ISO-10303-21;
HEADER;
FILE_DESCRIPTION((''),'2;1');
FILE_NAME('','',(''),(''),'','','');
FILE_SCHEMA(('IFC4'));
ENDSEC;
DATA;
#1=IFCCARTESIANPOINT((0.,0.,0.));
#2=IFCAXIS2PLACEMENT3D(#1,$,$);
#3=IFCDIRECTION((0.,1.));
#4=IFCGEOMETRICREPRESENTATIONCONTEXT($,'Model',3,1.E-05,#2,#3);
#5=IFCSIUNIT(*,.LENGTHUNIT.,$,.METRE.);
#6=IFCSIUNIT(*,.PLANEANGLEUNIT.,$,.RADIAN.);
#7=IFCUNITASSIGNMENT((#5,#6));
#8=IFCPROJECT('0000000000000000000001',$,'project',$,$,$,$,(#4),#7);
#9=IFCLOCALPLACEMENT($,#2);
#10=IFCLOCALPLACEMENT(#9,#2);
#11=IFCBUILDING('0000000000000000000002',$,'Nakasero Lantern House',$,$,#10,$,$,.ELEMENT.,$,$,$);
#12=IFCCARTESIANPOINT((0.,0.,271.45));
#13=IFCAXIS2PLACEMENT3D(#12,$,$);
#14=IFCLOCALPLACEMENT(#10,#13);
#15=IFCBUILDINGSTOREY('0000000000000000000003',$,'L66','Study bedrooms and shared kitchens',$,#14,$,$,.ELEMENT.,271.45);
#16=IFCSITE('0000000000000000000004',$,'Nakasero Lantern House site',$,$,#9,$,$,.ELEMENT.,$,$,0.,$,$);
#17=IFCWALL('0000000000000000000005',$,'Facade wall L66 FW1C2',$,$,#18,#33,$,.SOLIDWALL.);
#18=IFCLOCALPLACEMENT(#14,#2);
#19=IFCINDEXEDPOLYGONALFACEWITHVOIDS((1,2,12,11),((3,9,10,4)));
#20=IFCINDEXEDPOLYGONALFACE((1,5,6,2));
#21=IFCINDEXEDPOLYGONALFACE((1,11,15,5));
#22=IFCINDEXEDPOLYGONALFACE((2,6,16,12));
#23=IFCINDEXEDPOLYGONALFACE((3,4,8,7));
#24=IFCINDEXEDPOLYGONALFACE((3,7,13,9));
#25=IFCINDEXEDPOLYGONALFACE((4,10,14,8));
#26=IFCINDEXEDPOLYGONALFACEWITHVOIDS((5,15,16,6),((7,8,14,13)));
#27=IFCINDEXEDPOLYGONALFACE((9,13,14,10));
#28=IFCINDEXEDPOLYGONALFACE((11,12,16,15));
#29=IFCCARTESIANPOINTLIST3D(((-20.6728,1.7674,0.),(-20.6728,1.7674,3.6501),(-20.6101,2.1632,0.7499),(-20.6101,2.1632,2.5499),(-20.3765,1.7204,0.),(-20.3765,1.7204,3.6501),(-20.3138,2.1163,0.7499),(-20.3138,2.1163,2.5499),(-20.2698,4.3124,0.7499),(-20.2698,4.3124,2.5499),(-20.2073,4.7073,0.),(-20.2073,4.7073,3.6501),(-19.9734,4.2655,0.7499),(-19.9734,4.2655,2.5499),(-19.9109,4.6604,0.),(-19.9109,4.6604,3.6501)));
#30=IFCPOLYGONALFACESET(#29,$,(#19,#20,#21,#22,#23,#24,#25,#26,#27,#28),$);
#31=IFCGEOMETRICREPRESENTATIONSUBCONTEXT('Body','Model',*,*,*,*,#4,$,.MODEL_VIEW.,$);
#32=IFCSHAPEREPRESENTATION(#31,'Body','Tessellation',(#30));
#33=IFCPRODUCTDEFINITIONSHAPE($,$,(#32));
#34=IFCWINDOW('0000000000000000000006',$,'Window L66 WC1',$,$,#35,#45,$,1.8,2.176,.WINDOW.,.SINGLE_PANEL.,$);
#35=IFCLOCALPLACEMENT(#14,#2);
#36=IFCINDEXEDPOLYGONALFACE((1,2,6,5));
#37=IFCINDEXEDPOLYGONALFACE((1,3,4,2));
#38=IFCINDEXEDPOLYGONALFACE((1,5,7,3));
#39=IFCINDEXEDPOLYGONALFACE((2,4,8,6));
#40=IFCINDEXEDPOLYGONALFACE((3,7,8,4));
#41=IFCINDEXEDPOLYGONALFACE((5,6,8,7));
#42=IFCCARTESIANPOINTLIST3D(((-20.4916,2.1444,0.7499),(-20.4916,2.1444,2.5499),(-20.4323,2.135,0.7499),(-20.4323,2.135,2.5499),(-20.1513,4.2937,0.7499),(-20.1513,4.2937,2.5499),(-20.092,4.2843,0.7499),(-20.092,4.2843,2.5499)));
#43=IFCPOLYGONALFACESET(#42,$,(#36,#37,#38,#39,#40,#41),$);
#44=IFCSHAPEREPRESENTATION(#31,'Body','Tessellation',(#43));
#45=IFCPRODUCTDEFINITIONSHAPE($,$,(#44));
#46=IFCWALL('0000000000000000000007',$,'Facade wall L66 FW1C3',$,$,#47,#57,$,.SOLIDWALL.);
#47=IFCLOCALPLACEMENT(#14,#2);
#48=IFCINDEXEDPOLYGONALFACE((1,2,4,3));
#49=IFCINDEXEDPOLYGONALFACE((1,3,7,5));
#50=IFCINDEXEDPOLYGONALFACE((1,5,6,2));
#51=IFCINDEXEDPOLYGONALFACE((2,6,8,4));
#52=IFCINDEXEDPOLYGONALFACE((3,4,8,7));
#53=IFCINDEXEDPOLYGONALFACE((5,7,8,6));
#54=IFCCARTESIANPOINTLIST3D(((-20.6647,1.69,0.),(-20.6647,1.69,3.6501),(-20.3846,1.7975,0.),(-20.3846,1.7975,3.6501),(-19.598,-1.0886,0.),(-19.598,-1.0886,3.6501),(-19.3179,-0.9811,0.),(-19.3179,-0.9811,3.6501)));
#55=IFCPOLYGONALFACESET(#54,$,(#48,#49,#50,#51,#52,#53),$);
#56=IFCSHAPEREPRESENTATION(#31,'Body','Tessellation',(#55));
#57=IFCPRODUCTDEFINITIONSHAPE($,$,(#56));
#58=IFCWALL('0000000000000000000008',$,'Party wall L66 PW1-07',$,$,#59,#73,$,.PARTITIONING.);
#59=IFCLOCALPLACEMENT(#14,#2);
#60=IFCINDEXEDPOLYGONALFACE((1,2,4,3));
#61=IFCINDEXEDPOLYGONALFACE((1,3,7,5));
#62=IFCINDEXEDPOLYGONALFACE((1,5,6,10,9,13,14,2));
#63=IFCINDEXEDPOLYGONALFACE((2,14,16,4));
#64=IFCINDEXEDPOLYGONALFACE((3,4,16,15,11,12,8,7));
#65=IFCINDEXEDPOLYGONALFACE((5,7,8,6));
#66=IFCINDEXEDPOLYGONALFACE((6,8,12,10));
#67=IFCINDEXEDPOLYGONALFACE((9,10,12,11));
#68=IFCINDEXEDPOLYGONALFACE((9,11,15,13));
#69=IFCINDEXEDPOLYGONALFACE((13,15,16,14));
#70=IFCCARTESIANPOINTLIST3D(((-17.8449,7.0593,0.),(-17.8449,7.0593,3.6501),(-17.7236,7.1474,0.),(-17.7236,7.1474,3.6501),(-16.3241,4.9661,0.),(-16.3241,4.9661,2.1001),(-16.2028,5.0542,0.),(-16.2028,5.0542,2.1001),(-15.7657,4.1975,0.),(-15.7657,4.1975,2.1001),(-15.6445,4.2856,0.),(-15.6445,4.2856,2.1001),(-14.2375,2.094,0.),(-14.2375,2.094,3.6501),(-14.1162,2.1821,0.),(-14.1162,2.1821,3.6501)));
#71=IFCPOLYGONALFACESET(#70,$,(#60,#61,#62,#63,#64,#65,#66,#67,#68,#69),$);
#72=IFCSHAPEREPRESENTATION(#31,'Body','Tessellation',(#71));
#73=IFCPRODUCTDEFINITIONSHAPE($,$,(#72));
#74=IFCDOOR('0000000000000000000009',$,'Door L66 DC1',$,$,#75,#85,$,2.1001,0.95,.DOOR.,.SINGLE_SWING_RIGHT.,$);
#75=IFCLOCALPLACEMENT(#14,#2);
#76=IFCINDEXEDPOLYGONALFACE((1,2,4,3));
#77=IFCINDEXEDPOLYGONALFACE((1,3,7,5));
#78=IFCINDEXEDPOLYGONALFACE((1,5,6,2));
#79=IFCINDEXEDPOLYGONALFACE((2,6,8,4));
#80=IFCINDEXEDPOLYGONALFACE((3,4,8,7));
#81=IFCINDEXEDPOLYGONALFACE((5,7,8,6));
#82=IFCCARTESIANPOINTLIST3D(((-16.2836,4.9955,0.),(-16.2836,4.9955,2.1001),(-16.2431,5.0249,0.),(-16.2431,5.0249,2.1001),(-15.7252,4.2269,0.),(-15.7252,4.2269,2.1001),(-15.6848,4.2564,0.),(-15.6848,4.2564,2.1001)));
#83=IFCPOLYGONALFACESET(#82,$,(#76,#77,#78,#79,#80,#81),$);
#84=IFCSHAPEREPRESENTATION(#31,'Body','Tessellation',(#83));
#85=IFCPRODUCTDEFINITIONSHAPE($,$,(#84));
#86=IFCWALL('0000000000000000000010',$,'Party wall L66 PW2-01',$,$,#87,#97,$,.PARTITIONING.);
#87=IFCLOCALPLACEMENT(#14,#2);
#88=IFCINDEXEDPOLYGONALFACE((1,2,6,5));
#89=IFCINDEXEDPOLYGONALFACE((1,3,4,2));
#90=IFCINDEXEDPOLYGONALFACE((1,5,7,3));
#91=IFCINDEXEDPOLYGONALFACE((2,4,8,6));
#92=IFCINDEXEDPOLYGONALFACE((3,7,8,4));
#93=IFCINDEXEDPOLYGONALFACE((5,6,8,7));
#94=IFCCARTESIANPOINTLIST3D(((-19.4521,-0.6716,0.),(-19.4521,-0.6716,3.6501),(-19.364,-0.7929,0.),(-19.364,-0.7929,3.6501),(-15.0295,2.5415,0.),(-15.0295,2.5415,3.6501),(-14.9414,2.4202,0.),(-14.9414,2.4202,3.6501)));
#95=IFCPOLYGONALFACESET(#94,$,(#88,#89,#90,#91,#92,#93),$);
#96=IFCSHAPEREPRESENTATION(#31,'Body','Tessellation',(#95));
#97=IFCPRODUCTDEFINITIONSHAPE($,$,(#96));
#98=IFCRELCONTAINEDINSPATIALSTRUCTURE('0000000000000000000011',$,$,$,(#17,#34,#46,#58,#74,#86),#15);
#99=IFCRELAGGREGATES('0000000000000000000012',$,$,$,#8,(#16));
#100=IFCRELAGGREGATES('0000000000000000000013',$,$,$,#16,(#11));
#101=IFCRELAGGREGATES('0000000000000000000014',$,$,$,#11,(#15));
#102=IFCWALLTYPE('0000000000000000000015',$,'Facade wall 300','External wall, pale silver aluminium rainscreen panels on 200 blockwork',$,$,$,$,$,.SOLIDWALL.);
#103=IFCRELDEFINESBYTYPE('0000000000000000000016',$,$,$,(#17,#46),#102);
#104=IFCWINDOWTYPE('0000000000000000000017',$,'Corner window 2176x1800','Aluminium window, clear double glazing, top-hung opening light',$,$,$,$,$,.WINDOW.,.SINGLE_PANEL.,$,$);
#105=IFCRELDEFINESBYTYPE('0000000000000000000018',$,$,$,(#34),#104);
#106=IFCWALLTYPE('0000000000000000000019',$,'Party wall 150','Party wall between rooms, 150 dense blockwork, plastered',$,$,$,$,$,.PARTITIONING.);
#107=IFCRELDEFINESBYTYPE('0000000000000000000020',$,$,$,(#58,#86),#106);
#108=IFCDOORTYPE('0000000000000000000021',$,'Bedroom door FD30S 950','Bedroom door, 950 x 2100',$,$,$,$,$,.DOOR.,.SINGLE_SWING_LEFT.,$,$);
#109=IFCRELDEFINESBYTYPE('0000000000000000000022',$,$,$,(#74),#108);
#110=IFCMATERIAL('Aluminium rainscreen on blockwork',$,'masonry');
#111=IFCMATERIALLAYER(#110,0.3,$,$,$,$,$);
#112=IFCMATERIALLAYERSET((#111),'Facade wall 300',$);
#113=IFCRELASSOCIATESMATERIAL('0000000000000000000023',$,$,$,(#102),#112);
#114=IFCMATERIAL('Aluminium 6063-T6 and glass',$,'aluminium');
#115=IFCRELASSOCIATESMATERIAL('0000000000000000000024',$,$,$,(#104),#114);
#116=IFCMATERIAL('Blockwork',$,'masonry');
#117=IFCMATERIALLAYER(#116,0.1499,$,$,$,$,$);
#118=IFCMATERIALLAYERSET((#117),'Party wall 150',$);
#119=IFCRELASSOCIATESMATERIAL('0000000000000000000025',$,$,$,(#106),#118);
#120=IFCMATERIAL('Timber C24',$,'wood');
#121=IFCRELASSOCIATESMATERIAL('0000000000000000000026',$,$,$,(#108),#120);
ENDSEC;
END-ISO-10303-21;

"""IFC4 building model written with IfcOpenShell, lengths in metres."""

from ifc_helpers import new_model, si_unit, direction, frame, frame_2d, origin, place, context, subcontext, project, spatial, rectangle, extrude, material, layer, layer_set, type_object, element, fill, save


model = new_model("IFC4")

# Units and contexts
model_context = context("Model", 3, precision=1e-05, world=origin(), true_north=direction((0.0, 1.0)))
body_context = subcontext(model_context, "Body", "Model", "MODEL_VIEW")
ifc_project = project(units=[si_unit("LENGTHUNIT", "METRE"), si_unit("PLANEANGLEUNIT", "RADIAN")], contexts=[model_context])

# Site, building, storey
site_placement = place(None, origin())
site = spatial("IfcSite", under=ifc_project, at=site_placement, Name="Nakasero Lantern House site", CompositionType="ELEMENT", RefElevation=0.0)
building_placement = place(site_placement, origin())
building = spatial("IfcBuilding", under=site, at=building_placement, Name="Nakasero Lantern House", CompositionType="ELEMENT")
storey_placement = place(building_placement, frame((0.0, 0.0, 271.45)))
storey = spatial("IfcBuildingStorey", under=building, at=storey_placement, Name="L66", Description="Study bedrooms and shared kitchens", CompositionType="ELEMENT", Elevation=271.45)

# Shared definitions
ifc_material_1 = material(Name="Aluminium rainscreen on blockwork", Category="masonry")
ifc_layer_1 = layer(ifc_material_1, 0.3)
ifc_layer_set_1 = layer_set([ifc_layer_1], Name="Facade wall 300")
wall_type_1 = type_object("IfcWallType", Name="Facade wall 300", Description="External wall, pale silver aluminium rainscreen panels on 200 blockwork", PredefinedType="SOLIDWALL", material=ifc_layer_set_1)

# Wall, opening, window
wall_1_placement = place(storey_placement, frame((-20.0591, 4.6838, 0.0), z_axis=(0.0, 0.0, 1.0), x_axis=(-0.156413, -0.987692, 0.0)))
wall_1 = element("IfcWall", 1, at=wall_1_placement, inside=storey, type_object=wall_type_1, Name="Facade wall L66 FW1C2", PredefinedType="SOLIDWALL", context=body_context, shape_type="SweptSolid", body=[
    extrude(rectangle(XDim=2.9766, YDim=0.3, at=frame_2d((1.4883, 0.0))), origin(), (0.0, 0.0, 1.0), 3.6501),
])
opening_1_placement = place(wall_1_placement, frame((0.3999, 0.0, 0.75)))
opening_1 = element("IfcOpeningElement", 2, at=opening_1_placement, cuts=wall_1, PredefinedType="OPENING", context=body_context, shape_type="SweptSolid", body=[
    extrude(rectangle(XDim=2.176, YDim=1.8, at=frame_2d((1.0879, 0.8999))), frame((0.0, 0.1699, 0.0), z_axis=(0.0, -1.0, 0.0), x_axis=(1.0, 0.0, 0.0)), (0.0, 0.0, 1.0), 0.3401),
])
ifc_material_2 = material(Name="Aluminium 6063-T6 and glass", Category="aluminium")
window_type = type_object("IfcWindowType", Name="Corner window 2176x1800", Description="Aluminium window, clear double glazing, top-hung opening light", PartitioningType="SINGLE_PANEL", PredefinedType="WINDOW", material=ifc_material_2)
window_placement = place(opening_1_placement, origin())
window = element("IfcWindow", 3, at=window_placement, inside=storey, type_object=window_type, Name="Window L66 WC1", OverallHeight=1.8, OverallWidth=2.176, PartitioningType="SINGLE_PANEL", PredefinedType="WINDOW", context=body_context, shape_type="SweptSolid", body=[
    extrude(rectangle(XDim=2.176, YDim=1.8, at=frame_2d((1.0879, 0.8999))), frame((0.0, 0.03, 0.0), z_axis=(0.0, -1.0, 0.0), x_axis=(1.0, 0.0, 0.0)), (0.0, 0.0, 1.0), 0.0601),
])
fill(opening_1, window)

# Wall
wall_2_placement = place(storey_placement, frame((-20.5247, 1.7439, 0.0), z_axis=(0.0, 0.0, 1.0), x_axis=(0.358385, -0.933574, 0.0)))
element("IfcWall", 4, at=wall_2_placement, inside=storey, type_object=wall_type_1, Name="Facade wall L66 FW1C3", PredefinedType="SOLIDWALL", context=body_context, shape_type="SweptSolid", body=[
    extrude(rectangle(XDim=2.9763, YDim=0.3, at=frame_2d((1.4883, 0.0))), origin(), (0.0, 0.0, 1.0), 3.6501),
])

# Wall, opening, door
ifc_material_3 = material(Name="Blockwork", Category="masonry")
ifc_layer_2 = layer(ifc_material_3, 0.1499)
ifc_layer_set_2 = layer_set([ifc_layer_2], Name="Party wall 150")
wall_type_2 = type_object("IfcWallType", Name="Party wall 150", Description="Party wall between rooms, 150 dense blockwork, plastered", PredefinedType="PARTITIONING", material=ifc_layer_set_2)
wall_3_placement = place(storey_placement, frame((-14.1768, 2.1379, 0.0), z_axis=(0.0, 0.0, 1.0), x_axis=(-0.587774, 0.809025, 0.0)))
wall_3 = element("IfcWall", 5, at=wall_3_placement, inside=storey, type_object=wall_type_2, Name="Party wall L66 PW1-07", PredefinedType="PARTITIONING", context=body_context, shape_type="SweptSolid", body=[
    extrude(rectangle(XDim=6.1375, YDim=0.1499, at=frame_2d((3.0688, 0.0))), origin(), (0.0, 0.0, 1.0), 3.6501),
])
opening_2_placement = place(wall_3_placement, frame((2.6001, 0.0, 0.0)))
opening_2 = element("IfcOpeningElement", 6, at=opening_2_placement, cuts=wall_3, PredefinedType="OPENING", context=body_context, shape_type="SweptSolid", body=[
    extrude(rectangle(XDim=0.95, YDim=2.1001, at=frame_2d((0.4751, 1.05))), frame((0.0, 0.095, 0.0), z_axis=(0.0, -1.0, 0.0), x_axis=(1.0, 0.0, 0.0)), (0.0, 0.0, 1.0), 0.1899),
])
ifc_material_4 = material(Name="Timber C24", Category="wood")
door_type = type_object("IfcDoorType", Name="Bedroom door FD30S 950", Description="Bedroom door, 950 x 2100", OperationType="SINGLE_SWING_LEFT", PredefinedType="DOOR", material=ifc_material_4)
door_placement = place(opening_2_placement, origin())
door = element("IfcDoor", 7, at=door_placement, inside=storey, type_object=door_type, Name="Door L66 DC1", OperationType="SINGLE_SWING_RIGHT", OverallHeight=2.1001, OverallWidth=0.95, PredefinedType="DOOR", context=body_context, shape_type="SweptSolid", body=[
    extrude(rectangle(XDim=0.95, YDim=2.1001, at=frame_2d((0.4751, 1.05))), frame((0.0, 0.0249, 0.0), z_axis=(0.0, -1.0, 0.0), x_axis=(1.0, 0.0, 0.0)), (0.0, 0.0, 1.0), 0.05),
])
fill(opening_2, door)

# Wall
wall_4_placement = place(storey_placement, frame((-14.9854, 2.481, 0.0), z_axis=(0.0, 0.0, 1.0), x_axis=(-0.809024, -0.587776, 0.0)))
element("IfcWall", 8, at=wall_4_placement, inside=storey, type_object=wall_type_2, Name="Party wall L66 PW2-01", PredefinedType="PARTITIONING", context=body_context, shape_type="SweptSolid", body=[
    extrude(rectangle(XDim=5.4666, YDim=0.1499, at=frame_2d((2.7334, 0.0))), origin(), (0.0, 0.0, 1.0), 3.6501),
])

save(model, "model.ifc")
